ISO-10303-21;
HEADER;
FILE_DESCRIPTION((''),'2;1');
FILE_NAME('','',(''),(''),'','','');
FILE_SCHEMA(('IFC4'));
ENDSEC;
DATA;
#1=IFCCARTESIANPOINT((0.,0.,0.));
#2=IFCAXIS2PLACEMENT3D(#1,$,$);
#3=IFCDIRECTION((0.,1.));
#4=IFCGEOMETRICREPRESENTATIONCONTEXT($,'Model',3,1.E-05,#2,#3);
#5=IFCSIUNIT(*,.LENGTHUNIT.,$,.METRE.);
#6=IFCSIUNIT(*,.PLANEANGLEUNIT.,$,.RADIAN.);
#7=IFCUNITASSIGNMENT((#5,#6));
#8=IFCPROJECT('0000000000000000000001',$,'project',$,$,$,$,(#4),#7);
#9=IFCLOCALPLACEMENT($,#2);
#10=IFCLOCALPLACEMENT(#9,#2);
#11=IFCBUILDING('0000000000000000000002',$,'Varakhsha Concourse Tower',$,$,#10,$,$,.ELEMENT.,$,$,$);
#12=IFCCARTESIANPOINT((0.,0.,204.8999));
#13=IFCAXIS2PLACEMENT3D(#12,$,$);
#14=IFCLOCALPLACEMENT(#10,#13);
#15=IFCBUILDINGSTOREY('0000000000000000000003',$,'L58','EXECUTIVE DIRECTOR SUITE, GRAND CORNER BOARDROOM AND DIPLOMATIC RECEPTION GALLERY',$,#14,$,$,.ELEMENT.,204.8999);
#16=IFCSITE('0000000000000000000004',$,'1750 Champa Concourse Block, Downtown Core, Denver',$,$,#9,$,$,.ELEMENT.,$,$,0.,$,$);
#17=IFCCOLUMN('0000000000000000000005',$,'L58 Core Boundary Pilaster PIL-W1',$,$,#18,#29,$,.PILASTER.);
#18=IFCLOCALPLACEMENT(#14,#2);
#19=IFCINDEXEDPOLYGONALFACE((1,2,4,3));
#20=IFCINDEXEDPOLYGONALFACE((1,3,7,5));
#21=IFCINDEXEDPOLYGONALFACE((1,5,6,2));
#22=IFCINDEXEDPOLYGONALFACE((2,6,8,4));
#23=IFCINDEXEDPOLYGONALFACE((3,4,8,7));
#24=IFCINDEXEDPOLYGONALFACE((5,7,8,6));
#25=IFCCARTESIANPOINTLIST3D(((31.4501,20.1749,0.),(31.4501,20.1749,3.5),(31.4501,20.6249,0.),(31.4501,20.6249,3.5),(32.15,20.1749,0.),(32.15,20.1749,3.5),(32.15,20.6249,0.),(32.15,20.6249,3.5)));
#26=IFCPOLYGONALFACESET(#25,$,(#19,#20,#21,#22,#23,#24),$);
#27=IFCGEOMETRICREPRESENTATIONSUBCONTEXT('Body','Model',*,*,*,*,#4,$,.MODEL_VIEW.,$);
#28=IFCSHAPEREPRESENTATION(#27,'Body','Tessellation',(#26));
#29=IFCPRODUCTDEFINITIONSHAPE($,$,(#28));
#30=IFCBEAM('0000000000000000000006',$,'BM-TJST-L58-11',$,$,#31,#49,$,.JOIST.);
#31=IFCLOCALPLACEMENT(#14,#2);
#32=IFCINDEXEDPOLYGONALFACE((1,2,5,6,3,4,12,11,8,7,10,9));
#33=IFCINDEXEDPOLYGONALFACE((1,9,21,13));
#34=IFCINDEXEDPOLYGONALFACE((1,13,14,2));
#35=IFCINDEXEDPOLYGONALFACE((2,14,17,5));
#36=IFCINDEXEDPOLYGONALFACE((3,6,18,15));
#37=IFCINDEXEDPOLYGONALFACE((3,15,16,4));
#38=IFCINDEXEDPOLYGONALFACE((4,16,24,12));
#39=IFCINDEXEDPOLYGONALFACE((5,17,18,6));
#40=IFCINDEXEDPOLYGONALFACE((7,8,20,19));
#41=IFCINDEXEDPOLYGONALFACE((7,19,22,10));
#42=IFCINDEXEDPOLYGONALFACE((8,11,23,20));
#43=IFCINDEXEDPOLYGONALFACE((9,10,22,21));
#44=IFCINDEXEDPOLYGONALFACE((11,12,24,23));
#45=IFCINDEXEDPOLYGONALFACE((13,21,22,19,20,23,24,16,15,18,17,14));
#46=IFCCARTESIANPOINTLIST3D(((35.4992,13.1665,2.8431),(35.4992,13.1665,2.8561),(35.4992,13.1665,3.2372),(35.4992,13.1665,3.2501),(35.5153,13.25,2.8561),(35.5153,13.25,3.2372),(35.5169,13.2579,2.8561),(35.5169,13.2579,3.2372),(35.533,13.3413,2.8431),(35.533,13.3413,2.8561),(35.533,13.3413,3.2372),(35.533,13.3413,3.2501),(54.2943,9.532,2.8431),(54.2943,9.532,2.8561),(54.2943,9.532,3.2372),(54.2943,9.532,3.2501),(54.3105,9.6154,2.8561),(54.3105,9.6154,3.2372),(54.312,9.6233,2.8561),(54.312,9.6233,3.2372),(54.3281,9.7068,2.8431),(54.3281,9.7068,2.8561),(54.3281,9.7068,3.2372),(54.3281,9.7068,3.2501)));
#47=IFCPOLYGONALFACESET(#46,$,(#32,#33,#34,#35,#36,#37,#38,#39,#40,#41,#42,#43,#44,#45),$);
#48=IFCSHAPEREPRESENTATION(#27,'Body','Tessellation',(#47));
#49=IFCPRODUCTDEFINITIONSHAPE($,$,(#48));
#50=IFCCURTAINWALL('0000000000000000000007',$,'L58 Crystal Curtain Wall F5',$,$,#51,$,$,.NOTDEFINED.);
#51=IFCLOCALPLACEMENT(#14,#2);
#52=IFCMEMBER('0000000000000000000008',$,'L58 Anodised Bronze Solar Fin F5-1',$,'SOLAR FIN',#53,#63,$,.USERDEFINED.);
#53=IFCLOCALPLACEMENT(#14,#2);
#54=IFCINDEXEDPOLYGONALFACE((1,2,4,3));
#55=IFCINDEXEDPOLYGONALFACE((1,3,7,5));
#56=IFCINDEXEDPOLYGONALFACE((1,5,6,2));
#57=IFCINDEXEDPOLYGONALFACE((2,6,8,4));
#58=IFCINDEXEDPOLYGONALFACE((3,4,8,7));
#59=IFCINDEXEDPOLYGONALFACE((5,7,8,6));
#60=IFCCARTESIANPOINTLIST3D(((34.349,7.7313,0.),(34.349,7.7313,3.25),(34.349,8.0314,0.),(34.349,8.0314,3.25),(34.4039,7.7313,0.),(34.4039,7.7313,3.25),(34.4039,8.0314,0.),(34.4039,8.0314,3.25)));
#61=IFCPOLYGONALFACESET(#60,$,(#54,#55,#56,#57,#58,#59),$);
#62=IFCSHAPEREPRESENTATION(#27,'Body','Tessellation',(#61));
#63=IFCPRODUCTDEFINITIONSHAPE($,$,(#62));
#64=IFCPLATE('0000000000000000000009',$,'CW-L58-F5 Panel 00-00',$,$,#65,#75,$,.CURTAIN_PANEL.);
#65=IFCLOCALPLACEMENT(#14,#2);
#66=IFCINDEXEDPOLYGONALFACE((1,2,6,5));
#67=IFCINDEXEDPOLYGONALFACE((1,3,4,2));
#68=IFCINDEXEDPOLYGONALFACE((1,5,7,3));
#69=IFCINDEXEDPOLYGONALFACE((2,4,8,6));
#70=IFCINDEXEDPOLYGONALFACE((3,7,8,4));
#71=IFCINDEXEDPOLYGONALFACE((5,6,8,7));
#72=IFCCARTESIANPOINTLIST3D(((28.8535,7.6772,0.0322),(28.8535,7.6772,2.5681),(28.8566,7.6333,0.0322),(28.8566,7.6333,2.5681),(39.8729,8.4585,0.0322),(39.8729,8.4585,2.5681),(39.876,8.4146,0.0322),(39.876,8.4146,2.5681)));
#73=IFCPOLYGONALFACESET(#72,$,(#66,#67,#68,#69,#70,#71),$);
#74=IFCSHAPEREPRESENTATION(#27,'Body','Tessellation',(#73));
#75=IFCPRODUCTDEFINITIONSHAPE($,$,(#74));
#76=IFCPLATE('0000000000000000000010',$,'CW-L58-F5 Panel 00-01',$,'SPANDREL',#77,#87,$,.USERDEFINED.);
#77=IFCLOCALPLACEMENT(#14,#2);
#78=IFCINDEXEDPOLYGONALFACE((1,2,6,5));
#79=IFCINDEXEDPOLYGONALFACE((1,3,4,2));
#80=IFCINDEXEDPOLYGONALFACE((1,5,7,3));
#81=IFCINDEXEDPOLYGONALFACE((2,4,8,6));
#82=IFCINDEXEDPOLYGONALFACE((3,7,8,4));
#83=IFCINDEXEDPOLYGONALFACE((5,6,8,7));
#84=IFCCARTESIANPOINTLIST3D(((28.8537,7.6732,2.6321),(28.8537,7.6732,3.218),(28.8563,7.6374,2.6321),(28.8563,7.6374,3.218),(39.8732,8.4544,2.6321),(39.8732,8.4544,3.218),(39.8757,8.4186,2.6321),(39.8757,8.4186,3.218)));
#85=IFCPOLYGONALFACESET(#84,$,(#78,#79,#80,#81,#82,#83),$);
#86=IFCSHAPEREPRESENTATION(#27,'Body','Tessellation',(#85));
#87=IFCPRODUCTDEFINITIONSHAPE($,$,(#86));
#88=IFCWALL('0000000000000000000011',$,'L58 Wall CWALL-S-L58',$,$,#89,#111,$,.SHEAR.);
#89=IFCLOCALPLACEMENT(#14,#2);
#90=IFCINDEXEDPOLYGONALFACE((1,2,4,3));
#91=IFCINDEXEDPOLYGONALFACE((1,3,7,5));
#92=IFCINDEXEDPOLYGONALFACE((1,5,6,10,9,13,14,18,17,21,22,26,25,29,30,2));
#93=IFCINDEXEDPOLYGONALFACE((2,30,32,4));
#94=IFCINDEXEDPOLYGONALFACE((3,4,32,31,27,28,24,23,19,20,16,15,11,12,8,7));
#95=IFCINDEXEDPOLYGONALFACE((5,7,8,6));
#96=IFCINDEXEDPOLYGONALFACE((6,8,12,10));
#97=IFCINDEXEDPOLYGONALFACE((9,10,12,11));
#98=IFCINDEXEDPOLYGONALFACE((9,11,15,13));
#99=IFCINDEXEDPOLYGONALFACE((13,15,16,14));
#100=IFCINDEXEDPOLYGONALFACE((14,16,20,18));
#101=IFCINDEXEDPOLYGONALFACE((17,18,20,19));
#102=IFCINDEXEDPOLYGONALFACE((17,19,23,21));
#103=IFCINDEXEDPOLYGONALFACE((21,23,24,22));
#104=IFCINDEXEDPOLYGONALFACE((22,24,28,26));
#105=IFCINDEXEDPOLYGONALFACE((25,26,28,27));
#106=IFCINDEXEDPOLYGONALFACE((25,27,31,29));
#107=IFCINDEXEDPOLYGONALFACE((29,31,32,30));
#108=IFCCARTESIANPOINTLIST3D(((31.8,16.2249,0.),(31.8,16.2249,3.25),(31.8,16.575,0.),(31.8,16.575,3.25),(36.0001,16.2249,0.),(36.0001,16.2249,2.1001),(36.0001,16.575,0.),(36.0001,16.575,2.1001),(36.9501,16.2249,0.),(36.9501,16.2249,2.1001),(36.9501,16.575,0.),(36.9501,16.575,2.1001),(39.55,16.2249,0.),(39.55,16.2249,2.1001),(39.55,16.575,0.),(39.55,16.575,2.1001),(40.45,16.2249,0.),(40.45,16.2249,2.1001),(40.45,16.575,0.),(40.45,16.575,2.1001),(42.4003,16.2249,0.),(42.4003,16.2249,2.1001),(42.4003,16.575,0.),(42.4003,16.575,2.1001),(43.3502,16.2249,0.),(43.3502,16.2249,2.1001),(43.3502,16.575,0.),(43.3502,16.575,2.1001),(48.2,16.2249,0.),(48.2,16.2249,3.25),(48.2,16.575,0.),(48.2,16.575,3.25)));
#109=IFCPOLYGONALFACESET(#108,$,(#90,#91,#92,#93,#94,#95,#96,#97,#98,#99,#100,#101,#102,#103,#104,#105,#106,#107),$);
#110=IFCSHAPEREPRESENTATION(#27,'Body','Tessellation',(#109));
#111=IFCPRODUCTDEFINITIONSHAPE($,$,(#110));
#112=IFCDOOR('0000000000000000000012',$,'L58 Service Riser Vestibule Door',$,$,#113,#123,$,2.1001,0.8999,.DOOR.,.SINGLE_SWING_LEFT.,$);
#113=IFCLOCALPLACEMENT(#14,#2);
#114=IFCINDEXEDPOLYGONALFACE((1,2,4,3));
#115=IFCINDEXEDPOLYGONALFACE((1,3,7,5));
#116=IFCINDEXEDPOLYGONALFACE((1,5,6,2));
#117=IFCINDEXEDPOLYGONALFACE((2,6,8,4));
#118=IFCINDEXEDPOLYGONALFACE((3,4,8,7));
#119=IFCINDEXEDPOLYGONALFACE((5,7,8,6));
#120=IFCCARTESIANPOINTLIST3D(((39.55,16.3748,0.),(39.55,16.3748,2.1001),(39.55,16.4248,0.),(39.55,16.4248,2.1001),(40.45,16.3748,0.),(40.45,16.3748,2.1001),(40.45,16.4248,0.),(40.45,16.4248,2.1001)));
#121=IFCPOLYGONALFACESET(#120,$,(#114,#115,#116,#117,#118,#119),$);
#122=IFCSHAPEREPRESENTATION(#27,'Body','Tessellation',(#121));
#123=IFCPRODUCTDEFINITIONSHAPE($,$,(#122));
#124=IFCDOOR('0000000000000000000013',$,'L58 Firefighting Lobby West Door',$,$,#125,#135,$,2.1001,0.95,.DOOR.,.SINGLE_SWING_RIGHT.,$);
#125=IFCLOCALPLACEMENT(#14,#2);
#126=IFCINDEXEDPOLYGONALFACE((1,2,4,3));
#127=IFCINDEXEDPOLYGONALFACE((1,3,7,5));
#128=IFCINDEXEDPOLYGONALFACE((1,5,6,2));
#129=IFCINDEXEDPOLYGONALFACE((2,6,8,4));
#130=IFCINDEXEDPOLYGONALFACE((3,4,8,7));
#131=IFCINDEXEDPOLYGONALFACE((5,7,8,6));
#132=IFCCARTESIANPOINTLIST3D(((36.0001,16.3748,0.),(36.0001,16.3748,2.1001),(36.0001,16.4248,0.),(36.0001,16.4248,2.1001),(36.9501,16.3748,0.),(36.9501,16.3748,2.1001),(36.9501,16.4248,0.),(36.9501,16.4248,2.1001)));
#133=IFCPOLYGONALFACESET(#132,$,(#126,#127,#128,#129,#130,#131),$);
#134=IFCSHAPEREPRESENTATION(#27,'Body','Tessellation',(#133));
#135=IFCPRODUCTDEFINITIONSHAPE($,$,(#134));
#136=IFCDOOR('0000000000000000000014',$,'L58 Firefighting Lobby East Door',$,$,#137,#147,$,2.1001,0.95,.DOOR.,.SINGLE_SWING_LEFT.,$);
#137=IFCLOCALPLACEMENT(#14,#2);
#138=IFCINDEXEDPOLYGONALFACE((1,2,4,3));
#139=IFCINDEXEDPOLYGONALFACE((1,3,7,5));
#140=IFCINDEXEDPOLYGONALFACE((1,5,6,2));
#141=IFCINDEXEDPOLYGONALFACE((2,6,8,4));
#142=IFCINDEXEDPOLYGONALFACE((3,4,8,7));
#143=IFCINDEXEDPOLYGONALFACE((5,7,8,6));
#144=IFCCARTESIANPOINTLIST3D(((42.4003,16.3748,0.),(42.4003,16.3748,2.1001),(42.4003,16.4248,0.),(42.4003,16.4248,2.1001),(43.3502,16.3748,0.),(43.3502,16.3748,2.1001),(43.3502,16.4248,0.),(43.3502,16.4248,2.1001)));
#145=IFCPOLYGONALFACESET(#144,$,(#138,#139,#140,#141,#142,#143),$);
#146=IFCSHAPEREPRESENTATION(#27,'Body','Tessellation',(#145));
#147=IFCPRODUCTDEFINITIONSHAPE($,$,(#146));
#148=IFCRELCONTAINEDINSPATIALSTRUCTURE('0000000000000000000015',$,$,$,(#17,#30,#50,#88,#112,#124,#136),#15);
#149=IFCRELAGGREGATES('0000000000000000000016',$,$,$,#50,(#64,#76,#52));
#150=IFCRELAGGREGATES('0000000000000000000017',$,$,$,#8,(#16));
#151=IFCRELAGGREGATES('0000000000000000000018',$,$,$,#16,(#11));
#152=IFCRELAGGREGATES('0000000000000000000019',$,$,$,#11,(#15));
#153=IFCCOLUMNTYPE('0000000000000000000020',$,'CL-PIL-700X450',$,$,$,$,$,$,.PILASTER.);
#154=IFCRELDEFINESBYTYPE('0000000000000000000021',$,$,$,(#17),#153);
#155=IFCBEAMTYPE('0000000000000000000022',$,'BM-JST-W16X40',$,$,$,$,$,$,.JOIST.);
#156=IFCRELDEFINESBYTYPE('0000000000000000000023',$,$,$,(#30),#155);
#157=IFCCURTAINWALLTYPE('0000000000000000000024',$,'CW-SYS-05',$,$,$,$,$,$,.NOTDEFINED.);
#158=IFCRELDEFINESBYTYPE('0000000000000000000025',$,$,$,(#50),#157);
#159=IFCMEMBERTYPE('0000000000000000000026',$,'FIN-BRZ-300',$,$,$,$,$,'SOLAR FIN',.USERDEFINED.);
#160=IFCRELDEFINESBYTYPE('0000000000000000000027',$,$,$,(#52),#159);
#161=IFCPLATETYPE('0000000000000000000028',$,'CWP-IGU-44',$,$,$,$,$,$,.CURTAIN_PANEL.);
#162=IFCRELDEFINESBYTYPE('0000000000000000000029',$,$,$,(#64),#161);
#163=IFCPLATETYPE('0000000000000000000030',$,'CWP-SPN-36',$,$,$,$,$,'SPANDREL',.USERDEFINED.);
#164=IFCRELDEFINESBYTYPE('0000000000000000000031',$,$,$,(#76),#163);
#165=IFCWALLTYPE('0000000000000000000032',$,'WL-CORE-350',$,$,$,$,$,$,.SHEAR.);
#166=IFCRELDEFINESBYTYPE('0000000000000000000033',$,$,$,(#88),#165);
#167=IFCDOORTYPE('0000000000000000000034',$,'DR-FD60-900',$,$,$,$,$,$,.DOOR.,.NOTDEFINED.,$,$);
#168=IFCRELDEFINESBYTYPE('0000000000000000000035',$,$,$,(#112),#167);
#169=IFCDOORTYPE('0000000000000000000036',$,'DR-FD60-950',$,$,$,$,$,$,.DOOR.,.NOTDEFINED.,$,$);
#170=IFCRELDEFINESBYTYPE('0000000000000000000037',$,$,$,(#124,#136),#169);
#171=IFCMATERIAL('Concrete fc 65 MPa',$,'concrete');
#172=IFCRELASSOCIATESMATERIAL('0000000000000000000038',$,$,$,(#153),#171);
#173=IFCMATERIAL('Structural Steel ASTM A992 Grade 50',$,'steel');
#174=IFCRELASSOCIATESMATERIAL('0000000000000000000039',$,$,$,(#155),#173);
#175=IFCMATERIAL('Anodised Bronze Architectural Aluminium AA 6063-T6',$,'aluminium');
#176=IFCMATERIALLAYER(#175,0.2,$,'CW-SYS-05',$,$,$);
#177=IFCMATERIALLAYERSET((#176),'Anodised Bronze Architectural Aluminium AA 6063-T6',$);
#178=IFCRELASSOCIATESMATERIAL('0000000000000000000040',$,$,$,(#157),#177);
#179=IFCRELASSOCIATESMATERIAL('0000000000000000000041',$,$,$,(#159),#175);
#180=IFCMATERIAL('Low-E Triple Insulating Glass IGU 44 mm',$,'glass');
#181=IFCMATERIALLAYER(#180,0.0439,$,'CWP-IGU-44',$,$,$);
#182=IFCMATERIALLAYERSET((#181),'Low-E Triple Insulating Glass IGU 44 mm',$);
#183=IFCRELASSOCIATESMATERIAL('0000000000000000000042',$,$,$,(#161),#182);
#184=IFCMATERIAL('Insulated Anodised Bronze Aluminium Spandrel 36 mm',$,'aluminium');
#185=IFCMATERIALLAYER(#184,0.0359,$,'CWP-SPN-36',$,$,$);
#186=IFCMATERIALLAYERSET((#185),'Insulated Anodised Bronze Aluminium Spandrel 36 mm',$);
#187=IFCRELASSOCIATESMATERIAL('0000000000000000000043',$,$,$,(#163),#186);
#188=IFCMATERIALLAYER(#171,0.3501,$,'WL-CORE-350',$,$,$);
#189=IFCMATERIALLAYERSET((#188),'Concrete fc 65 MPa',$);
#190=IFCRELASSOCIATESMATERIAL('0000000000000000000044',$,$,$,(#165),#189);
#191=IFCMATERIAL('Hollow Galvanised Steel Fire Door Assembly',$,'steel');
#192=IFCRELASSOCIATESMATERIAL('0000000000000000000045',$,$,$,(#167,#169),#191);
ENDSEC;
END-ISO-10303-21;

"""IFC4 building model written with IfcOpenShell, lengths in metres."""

from ifc_helpers import new_model, si_unit, direction, frame, frame_2d, origin, origin_2d, place, context, subcontext, project, spatial, rectangle, i_section, extrude, source, transform, mapped, material, layer, layer_set, material_profile, profile_set, type_object, type_shapes, element, fill, aggregate, save


model = new_model("IFC4")

# Units and contexts
model_context = context("Model", 3, precision=1e-05, world=origin(), true_north=direction((0.0, 1.0)))
body_context = subcontext(model_context, "Body", "Model", "MODEL_VIEW")
ifc_project = project(units=[si_unit("LENGTHUNIT", "METRE"), si_unit("PLANEANGLEUNIT", "RADIAN")], contexts=[model_context])

# Site, building, storey
site_placement = place(None, origin())
site = spatial("IfcSite", under=ifc_project, at=site_placement, Name="1750 Champa Concourse Block, Downtown Core, Denver", CompositionType="ELEMENT", RefElevation=0.0)
building_placement = place(site_placement, origin())
building = spatial("IfcBuilding", under=site, at=building_placement, Name="Varakhsha Concourse Tower", CompositionType="ELEMENT")
storey_placement = place(building_placement, frame((0.0, 0.0, 204.8999)))
storey = spatial("IfcBuildingStorey", under=building, at=storey_placement, Name="L58", Description="EXECUTIVE DIRECTOR SUITE, GRAND CORNER BOARDROOM AND DIPLOMATIC RECEPTION GALLERY", CompositionType="ELEMENT", Elevation=204.8999)

# Column
ifc_material_1 = material(Name="Concrete fc 65 MPa", Category="concrete")
ifc_material_profile_1 = material_profile(ifc_material_1, rectangle(XDim=0.7, YDim=0.45, at=origin_2d()), Name="RC 700x450")
ifc_profile_set_1 = profile_set([ifc_material_profile_1], Name="Concrete fc 65 MPa")
column_type = type_object("IfcColumnType", Name="CL-PIL-700X450", PredefinedType="PILASTER", material=ifc_profile_set_1)
column_placement = place(storey_placement, frame((31.8, 20.3999, 0.0), z_axis=(0.0, 0.0, 1.0), x_axis=(1.0, 0.0, 0.0)))
element("IfcColumn", 1, at=column_placement, inside=storey, type_object=column_type, Name="L58 Core Boundary Pilaster PIL-W1", PredefinedType="PILASTER", context=body_context, shape_type="SweptSolid", body=[
    extrude(rectangle(XDim=0.7, YDim=0.45, at=origin_2d()), origin(), (0.0, 0.0, 1.0), 3.5),
])

# Beam
ifc_material_2 = material(Name="Structural Steel ASTM A992 Grade 50", Category="steel")
ifc_material_profile_2 = material_profile(ifc_material_2, i_section(OverallWidth=0.178, OverallDepth=0.407, WebThickness=0.0081, FlangeThickness=0.0129, at=origin_2d()), Name="W16X40")
ifc_profile_set_2 = profile_set([ifc_material_profile_2], Name="Structural Steel ASTM A992 Grade 50")
beam_type = type_object("IfcBeamType", Name="BM-JST-W16X40", PredefinedType="JOIST", material=ifc_profile_set_2)
beam_placement = place(storey_placement, frame((35.5161, 13.2539, 3.0466), z_axis=(0.981812, -0.189858, 0.0), x_axis=(0.189858, 0.981812, 0.0)))
element("IfcBeam", 2, at=beam_placement, inside=storey, type_object=beam_type, Name="BM-TJST-L58-11", PredefinedType="JOIST", context=body_context, shape_type="SweptSolid", body=[
    extrude(i_section(OverallWidth=0.178, OverallDepth=0.407, WebThickness=0.0081, FlangeThickness=0.0129, at=origin_2d()), origin(), (0.0, 0.0, 1.0), 19.1433),
])

# Curtain wall, member, plates
ifc_material_3 = material(Name="Anodised Bronze Architectural Aluminium AA 6063-T6", Category="aluminium")
ifc_layer_1 = layer(ifc_material_3, 0.2, Name="CW-SYS-05")
ifc_layer_set_1 = layer_set([ifc_layer_1], Name="Anodised Bronze Architectural Aluminium AA 6063-T6")
curtain_wall_type = type_object("IfcCurtainWallType", Name="CW-SYS-05", PredefinedType="NOTDEFINED", material=ifc_layer_set_1)
curtain_wall_placement = place(storey_placement, origin())
curtain_wall = element("IfcCurtainWall", 3, at=curtain_wall_placement, inside=storey, type_object=curtain_wall_type, Name="L58 Crystal Curtain Wall F5", PredefinedType="NOTDEFINED")
ifc_material_profile_3 = material_profile(ifc_material_3, rectangle(XDim=0.0549, YDim=0.3, at=origin_2d()), Name="FIN-BRZ-300")
ifc_profile_set_3 = profile_set([ifc_material_profile_3], Name="Anodised Bronze Architectural Aluminium AA 6063-T6")
member_type = type_object("IfcMemberType", Name="FIN-BRZ-300", ElementType="SOLAR FIN", PredefinedType="USERDEFINED", material=ifc_profile_set_3)
shared_shape_1 = source(origin(), body_context, "Body", "SweptSolid", [
    extrude(rectangle(XDim=0.0549, YDim=0.3, at=origin_2d()), origin(), (0.0, 0.0, 1.0), 3.25),
])
type_shapes(member_type, [shared_shape_1])
member_placement = place(storey_placement, frame((34.3765, 7.8813, 0.0), z_axis=(0.0, 0.0, 1.0), x_axis=(1.0, 0.0, 0.0)))
member = element("IfcMember", 4, at=member_placement, type_object=member_type, Name="L58 Anodised Bronze Solar Fin F5-1", ObjectType="SOLAR FIN", PredefinedType="USERDEFINED", context=body_context, shape_type="MappedRepresentation", body=[
    mapped(shared_shape_1, transform((0.0, 0.0, 0.0), scale=1.0)),
])
ifc_material_4 = material(Name="Low-E Triple Insulating Glass IGU 44 mm", Category="glass")
ifc_layer_2 = layer(ifc_material_4, 0.0439, Name="CWP-IGU-44")
ifc_layer_set_2 = layer_set([ifc_layer_2], Name="Low-E Triple Insulating Glass IGU 44 mm")
plate_type_1 = type_object("IfcPlateType", Name="CWP-IGU-44", PredefinedType="CURTAIN_PANEL", material=ifc_layer_set_2)
shared_shape_2 = source(origin(), body_context, "Body", "SweptSolid", [
    extrude(rectangle(XDim=11.0471, YDim=0.0439, at=origin_2d()), origin(), (0.0, 0.0, 1.0), 2.5359),
])
type_shapes(plate_type_1, [shared_shape_2])
plate_1_placement = place(storey_placement, frame((34.3647, 8.0459, 0.0322), z_axis=(0.0, 0.0, 1.0), x_axis=(-0.997496, -0.070723, 0.0)))
plate_1 = element("IfcPlate", 5, at=plate_1_placement, type_object=plate_type_1, Name="CW-L58-F5 Panel 00-00", PredefinedType="CURTAIN_PANEL", context=body_context, shape_type="MappedRepresentation", body=[
    mapped(shared_shape_2, transform((0.0, 0.0, 0.0), scale=1.0)),
])
ifc_material_5 = material(Name="Insulated Anodised Bronze Aluminium Spandrel 36 mm", Category="aluminium")
ifc_layer_3 = layer(ifc_material_5, 0.0359, Name="CWP-SPN-36")
ifc_layer_set_3 = layer_set([ifc_layer_3], Name="Insulated Anodised Bronze Aluminium Spandrel 36 mm")
plate_type_2 = type_object("IfcPlateType", Name="CWP-SPN-36", ElementType="SPANDREL", PredefinedType="USERDEFINED", material=ifc_layer_set_3)
shared_shape_3 = source(origin(), body_context, "Body", "SweptSolid", [
    extrude(rectangle(XDim=11.0471, YDim=0.0359, at=origin_2d()), origin(), (0.0, 0.0, 1.0), 0.5859),
])
type_shapes(plate_type_2, [shared_shape_3])
plate_2_placement = place(storey_placement, frame((34.3647, 8.0459, 2.6321), z_axis=(0.0, 0.0, 1.0), x_axis=(-0.997496, -0.070723, 0.0)))
plate_2 = element("IfcPlate", 6, at=plate_2_placement, type_object=plate_type_2, Name="CW-L58-F5 Panel 00-01", ObjectType="SPANDREL", PredefinedType="USERDEFINED", context=body_context, shape_type="MappedRepresentation", body=[
    mapped(shared_shape_3, transform((0.0, 0.0, 0.0), scale=1.0)),
])
aggregate(curtain_wall, [plate_1, plate_2, member])

# Wall, openings, doors
ifc_layer_4 = layer(ifc_material_1, 0.3501, Name="WL-CORE-350")
ifc_layer_set_4 = layer_set([ifc_layer_4], Name="Concrete fc 65 MPa")
wall_type_1 = type_object("IfcWallType", Name="WL-CORE-350", PredefinedType="SHEAR", material=ifc_layer_set_4)
wall_1_placement = place(storey_placement, frame((31.8, 16.3999, 0.0), z_axis=(0.0, 0.0, 1.0), x_axis=(1.0, 0.0, 0.0)))
wall_1 = element("IfcWall", 7, at=wall_1_placement, inside=storey, type_object=wall_type_1, Name="L58 Wall CWALL-S-L58", PredefinedType="SHEAR", context=body_context, shape_type="SweptSolid", body=[
    extrude(rectangle(XDim=16.3999, YDim=0.3501, at=frame_2d((8.2, 0.0))), origin(), (0.0, 0.0, 1.0), 3.25),
])
opening_1_placement = place(wall_1_placement, frame((7.75, 0.0, 0.0)))
opening_1 = element("IfcOpeningElement", 8, at=opening_1_placement, cuts=wall_1, PredefinedType="OPENING", context=body_context, shape_type="SweptSolid", body=[
    extrude(rectangle(XDim=0.8999, YDim=2.1001, at=frame_2d((0.45, 1.05))), frame((0.0, 0.1851, 0.0), z_axis=(0.0, -1.0, 0.0), x_axis=(1.0, 0.0, 0.0)), (0.0, 0.0, 1.0), 0.3701),
])
opening_2_placement = place(wall_1_placement, frame((4.2, 0.0, 0.0)))
opening_2 = element("IfcOpeningElement", 9, at=opening_2_placement, cuts=wall_1, PredefinedType="OPENING", context=body_context, shape_type="SweptSolid", body=[
    extrude(rectangle(XDim=0.95, YDim=2.1001, at=frame_2d((0.4751, 1.05))), frame((0.0, 0.1851, 0.0), z_axis=(0.0, -1.0, 0.0), x_axis=(1.0, 0.0, 0.0)), (0.0, 0.0, 1.0), 0.3701),
])
opening_3_placement = place(wall_1_placement, frame((10.6001, 0.0, 0.0)))
opening_3 = element("IfcOpeningElement", 10, at=opening_3_placement, cuts=wall_1, PredefinedType="OPENING", context=body_context, shape_type="SweptSolid", body=[
    extrude(rectangle(XDim=0.95, YDim=2.1001, at=frame_2d((0.4751, 1.05))), frame((0.0, 0.1851, 0.0), z_axis=(0.0, -1.0, 0.0), x_axis=(1.0, 0.0, 0.0)), (0.0, 0.0, 1.0), 0.3701),
])
ifc_material_6 = material(Name="Hollow Galvanised Steel Fire Door Assembly", Category="steel")
door_type_1 = type_object("IfcDoorType", Name="DR-FD60-900", OperationType="NOTDEFINED", PredefinedType="DOOR", material=ifc_material_6)
door_1_placement = place(opening_1_placement, origin())
door_1 = element("IfcDoor", 11, at=door_1_placement, inside=storey, type_object=door_type_1, Name="L58 Service Riser Vestibule Door", OperationType="SINGLE_SWING_LEFT", OverallHeight=2.1001, OverallWidth=0.8999, PredefinedType="DOOR", context=body_context, shape_type="SweptSolid", body=[
    extrude(rectangle(XDim=0.8999, YDim=2.1001, at=frame_2d((0.45, 1.05))), frame((0.0, 0.0249, 0.0), z_axis=(0.0, -1.0, 0.0), x_axis=(1.0, 0.0, 0.0)), (0.0, 0.0, 1.0), 0.05),
])
fill(opening_1, door_1)
door_type_2 = type_object("IfcDoorType", Name="DR-FD60-950", OperationType="NOTDEFINED", PredefinedType="DOOR", material=ifc_material_6)
door_2_placement = place(opening_2_placement, origin())
door_2 = element("IfcDoor", 12, at=door_2_placement, inside=storey, type_object=door_type_2, Name="L58 Firefighting Lobby West Door", OperationType="SINGLE_SWING_RIGHT", OverallHeight=2.1001, OverallWidth=0.95, PredefinedType="DOOR", context=body_context, shape_type="SweptSolid", body=[
    extrude(rectangle(XDim=0.95, YDim=2.1001, at=frame_2d((0.4751, 1.05))), frame((0.0, 0.0249, 0.0), z_axis=(0.0, -1.0, 0.0), x_axis=(1.0, 0.0, 0.0)), (0.0, 0.0, 1.0), 0.05),
])
fill(opening_2, door_2)
door_3_placement = place(opening_3_placement, origin())
door_3 = element("IfcDoor", 13, at=door_3_placement, inside=storey, type_object=door_type_2, Name="L58 Firefighting Lobby East Door", OperationType="SINGLE_SWING_LEFT", OverallHeight=2.1001, OverallWidth=0.95, PredefinedType="DOOR", context=body_context, shape_type="SweptSolid", body=[
    extrude(rectangle(XDim=0.95, YDim=2.1001, at=frame_2d((0.4751, 1.05))), frame((0.0, 0.0249, 0.0), z_axis=(0.0, -1.0, 0.0), x_axis=(1.0, 0.0, 0.0)), (0.0, 0.0, 1.0), 0.05),
])
fill(opening_3, door_3)

save(model, "model.ifc")
